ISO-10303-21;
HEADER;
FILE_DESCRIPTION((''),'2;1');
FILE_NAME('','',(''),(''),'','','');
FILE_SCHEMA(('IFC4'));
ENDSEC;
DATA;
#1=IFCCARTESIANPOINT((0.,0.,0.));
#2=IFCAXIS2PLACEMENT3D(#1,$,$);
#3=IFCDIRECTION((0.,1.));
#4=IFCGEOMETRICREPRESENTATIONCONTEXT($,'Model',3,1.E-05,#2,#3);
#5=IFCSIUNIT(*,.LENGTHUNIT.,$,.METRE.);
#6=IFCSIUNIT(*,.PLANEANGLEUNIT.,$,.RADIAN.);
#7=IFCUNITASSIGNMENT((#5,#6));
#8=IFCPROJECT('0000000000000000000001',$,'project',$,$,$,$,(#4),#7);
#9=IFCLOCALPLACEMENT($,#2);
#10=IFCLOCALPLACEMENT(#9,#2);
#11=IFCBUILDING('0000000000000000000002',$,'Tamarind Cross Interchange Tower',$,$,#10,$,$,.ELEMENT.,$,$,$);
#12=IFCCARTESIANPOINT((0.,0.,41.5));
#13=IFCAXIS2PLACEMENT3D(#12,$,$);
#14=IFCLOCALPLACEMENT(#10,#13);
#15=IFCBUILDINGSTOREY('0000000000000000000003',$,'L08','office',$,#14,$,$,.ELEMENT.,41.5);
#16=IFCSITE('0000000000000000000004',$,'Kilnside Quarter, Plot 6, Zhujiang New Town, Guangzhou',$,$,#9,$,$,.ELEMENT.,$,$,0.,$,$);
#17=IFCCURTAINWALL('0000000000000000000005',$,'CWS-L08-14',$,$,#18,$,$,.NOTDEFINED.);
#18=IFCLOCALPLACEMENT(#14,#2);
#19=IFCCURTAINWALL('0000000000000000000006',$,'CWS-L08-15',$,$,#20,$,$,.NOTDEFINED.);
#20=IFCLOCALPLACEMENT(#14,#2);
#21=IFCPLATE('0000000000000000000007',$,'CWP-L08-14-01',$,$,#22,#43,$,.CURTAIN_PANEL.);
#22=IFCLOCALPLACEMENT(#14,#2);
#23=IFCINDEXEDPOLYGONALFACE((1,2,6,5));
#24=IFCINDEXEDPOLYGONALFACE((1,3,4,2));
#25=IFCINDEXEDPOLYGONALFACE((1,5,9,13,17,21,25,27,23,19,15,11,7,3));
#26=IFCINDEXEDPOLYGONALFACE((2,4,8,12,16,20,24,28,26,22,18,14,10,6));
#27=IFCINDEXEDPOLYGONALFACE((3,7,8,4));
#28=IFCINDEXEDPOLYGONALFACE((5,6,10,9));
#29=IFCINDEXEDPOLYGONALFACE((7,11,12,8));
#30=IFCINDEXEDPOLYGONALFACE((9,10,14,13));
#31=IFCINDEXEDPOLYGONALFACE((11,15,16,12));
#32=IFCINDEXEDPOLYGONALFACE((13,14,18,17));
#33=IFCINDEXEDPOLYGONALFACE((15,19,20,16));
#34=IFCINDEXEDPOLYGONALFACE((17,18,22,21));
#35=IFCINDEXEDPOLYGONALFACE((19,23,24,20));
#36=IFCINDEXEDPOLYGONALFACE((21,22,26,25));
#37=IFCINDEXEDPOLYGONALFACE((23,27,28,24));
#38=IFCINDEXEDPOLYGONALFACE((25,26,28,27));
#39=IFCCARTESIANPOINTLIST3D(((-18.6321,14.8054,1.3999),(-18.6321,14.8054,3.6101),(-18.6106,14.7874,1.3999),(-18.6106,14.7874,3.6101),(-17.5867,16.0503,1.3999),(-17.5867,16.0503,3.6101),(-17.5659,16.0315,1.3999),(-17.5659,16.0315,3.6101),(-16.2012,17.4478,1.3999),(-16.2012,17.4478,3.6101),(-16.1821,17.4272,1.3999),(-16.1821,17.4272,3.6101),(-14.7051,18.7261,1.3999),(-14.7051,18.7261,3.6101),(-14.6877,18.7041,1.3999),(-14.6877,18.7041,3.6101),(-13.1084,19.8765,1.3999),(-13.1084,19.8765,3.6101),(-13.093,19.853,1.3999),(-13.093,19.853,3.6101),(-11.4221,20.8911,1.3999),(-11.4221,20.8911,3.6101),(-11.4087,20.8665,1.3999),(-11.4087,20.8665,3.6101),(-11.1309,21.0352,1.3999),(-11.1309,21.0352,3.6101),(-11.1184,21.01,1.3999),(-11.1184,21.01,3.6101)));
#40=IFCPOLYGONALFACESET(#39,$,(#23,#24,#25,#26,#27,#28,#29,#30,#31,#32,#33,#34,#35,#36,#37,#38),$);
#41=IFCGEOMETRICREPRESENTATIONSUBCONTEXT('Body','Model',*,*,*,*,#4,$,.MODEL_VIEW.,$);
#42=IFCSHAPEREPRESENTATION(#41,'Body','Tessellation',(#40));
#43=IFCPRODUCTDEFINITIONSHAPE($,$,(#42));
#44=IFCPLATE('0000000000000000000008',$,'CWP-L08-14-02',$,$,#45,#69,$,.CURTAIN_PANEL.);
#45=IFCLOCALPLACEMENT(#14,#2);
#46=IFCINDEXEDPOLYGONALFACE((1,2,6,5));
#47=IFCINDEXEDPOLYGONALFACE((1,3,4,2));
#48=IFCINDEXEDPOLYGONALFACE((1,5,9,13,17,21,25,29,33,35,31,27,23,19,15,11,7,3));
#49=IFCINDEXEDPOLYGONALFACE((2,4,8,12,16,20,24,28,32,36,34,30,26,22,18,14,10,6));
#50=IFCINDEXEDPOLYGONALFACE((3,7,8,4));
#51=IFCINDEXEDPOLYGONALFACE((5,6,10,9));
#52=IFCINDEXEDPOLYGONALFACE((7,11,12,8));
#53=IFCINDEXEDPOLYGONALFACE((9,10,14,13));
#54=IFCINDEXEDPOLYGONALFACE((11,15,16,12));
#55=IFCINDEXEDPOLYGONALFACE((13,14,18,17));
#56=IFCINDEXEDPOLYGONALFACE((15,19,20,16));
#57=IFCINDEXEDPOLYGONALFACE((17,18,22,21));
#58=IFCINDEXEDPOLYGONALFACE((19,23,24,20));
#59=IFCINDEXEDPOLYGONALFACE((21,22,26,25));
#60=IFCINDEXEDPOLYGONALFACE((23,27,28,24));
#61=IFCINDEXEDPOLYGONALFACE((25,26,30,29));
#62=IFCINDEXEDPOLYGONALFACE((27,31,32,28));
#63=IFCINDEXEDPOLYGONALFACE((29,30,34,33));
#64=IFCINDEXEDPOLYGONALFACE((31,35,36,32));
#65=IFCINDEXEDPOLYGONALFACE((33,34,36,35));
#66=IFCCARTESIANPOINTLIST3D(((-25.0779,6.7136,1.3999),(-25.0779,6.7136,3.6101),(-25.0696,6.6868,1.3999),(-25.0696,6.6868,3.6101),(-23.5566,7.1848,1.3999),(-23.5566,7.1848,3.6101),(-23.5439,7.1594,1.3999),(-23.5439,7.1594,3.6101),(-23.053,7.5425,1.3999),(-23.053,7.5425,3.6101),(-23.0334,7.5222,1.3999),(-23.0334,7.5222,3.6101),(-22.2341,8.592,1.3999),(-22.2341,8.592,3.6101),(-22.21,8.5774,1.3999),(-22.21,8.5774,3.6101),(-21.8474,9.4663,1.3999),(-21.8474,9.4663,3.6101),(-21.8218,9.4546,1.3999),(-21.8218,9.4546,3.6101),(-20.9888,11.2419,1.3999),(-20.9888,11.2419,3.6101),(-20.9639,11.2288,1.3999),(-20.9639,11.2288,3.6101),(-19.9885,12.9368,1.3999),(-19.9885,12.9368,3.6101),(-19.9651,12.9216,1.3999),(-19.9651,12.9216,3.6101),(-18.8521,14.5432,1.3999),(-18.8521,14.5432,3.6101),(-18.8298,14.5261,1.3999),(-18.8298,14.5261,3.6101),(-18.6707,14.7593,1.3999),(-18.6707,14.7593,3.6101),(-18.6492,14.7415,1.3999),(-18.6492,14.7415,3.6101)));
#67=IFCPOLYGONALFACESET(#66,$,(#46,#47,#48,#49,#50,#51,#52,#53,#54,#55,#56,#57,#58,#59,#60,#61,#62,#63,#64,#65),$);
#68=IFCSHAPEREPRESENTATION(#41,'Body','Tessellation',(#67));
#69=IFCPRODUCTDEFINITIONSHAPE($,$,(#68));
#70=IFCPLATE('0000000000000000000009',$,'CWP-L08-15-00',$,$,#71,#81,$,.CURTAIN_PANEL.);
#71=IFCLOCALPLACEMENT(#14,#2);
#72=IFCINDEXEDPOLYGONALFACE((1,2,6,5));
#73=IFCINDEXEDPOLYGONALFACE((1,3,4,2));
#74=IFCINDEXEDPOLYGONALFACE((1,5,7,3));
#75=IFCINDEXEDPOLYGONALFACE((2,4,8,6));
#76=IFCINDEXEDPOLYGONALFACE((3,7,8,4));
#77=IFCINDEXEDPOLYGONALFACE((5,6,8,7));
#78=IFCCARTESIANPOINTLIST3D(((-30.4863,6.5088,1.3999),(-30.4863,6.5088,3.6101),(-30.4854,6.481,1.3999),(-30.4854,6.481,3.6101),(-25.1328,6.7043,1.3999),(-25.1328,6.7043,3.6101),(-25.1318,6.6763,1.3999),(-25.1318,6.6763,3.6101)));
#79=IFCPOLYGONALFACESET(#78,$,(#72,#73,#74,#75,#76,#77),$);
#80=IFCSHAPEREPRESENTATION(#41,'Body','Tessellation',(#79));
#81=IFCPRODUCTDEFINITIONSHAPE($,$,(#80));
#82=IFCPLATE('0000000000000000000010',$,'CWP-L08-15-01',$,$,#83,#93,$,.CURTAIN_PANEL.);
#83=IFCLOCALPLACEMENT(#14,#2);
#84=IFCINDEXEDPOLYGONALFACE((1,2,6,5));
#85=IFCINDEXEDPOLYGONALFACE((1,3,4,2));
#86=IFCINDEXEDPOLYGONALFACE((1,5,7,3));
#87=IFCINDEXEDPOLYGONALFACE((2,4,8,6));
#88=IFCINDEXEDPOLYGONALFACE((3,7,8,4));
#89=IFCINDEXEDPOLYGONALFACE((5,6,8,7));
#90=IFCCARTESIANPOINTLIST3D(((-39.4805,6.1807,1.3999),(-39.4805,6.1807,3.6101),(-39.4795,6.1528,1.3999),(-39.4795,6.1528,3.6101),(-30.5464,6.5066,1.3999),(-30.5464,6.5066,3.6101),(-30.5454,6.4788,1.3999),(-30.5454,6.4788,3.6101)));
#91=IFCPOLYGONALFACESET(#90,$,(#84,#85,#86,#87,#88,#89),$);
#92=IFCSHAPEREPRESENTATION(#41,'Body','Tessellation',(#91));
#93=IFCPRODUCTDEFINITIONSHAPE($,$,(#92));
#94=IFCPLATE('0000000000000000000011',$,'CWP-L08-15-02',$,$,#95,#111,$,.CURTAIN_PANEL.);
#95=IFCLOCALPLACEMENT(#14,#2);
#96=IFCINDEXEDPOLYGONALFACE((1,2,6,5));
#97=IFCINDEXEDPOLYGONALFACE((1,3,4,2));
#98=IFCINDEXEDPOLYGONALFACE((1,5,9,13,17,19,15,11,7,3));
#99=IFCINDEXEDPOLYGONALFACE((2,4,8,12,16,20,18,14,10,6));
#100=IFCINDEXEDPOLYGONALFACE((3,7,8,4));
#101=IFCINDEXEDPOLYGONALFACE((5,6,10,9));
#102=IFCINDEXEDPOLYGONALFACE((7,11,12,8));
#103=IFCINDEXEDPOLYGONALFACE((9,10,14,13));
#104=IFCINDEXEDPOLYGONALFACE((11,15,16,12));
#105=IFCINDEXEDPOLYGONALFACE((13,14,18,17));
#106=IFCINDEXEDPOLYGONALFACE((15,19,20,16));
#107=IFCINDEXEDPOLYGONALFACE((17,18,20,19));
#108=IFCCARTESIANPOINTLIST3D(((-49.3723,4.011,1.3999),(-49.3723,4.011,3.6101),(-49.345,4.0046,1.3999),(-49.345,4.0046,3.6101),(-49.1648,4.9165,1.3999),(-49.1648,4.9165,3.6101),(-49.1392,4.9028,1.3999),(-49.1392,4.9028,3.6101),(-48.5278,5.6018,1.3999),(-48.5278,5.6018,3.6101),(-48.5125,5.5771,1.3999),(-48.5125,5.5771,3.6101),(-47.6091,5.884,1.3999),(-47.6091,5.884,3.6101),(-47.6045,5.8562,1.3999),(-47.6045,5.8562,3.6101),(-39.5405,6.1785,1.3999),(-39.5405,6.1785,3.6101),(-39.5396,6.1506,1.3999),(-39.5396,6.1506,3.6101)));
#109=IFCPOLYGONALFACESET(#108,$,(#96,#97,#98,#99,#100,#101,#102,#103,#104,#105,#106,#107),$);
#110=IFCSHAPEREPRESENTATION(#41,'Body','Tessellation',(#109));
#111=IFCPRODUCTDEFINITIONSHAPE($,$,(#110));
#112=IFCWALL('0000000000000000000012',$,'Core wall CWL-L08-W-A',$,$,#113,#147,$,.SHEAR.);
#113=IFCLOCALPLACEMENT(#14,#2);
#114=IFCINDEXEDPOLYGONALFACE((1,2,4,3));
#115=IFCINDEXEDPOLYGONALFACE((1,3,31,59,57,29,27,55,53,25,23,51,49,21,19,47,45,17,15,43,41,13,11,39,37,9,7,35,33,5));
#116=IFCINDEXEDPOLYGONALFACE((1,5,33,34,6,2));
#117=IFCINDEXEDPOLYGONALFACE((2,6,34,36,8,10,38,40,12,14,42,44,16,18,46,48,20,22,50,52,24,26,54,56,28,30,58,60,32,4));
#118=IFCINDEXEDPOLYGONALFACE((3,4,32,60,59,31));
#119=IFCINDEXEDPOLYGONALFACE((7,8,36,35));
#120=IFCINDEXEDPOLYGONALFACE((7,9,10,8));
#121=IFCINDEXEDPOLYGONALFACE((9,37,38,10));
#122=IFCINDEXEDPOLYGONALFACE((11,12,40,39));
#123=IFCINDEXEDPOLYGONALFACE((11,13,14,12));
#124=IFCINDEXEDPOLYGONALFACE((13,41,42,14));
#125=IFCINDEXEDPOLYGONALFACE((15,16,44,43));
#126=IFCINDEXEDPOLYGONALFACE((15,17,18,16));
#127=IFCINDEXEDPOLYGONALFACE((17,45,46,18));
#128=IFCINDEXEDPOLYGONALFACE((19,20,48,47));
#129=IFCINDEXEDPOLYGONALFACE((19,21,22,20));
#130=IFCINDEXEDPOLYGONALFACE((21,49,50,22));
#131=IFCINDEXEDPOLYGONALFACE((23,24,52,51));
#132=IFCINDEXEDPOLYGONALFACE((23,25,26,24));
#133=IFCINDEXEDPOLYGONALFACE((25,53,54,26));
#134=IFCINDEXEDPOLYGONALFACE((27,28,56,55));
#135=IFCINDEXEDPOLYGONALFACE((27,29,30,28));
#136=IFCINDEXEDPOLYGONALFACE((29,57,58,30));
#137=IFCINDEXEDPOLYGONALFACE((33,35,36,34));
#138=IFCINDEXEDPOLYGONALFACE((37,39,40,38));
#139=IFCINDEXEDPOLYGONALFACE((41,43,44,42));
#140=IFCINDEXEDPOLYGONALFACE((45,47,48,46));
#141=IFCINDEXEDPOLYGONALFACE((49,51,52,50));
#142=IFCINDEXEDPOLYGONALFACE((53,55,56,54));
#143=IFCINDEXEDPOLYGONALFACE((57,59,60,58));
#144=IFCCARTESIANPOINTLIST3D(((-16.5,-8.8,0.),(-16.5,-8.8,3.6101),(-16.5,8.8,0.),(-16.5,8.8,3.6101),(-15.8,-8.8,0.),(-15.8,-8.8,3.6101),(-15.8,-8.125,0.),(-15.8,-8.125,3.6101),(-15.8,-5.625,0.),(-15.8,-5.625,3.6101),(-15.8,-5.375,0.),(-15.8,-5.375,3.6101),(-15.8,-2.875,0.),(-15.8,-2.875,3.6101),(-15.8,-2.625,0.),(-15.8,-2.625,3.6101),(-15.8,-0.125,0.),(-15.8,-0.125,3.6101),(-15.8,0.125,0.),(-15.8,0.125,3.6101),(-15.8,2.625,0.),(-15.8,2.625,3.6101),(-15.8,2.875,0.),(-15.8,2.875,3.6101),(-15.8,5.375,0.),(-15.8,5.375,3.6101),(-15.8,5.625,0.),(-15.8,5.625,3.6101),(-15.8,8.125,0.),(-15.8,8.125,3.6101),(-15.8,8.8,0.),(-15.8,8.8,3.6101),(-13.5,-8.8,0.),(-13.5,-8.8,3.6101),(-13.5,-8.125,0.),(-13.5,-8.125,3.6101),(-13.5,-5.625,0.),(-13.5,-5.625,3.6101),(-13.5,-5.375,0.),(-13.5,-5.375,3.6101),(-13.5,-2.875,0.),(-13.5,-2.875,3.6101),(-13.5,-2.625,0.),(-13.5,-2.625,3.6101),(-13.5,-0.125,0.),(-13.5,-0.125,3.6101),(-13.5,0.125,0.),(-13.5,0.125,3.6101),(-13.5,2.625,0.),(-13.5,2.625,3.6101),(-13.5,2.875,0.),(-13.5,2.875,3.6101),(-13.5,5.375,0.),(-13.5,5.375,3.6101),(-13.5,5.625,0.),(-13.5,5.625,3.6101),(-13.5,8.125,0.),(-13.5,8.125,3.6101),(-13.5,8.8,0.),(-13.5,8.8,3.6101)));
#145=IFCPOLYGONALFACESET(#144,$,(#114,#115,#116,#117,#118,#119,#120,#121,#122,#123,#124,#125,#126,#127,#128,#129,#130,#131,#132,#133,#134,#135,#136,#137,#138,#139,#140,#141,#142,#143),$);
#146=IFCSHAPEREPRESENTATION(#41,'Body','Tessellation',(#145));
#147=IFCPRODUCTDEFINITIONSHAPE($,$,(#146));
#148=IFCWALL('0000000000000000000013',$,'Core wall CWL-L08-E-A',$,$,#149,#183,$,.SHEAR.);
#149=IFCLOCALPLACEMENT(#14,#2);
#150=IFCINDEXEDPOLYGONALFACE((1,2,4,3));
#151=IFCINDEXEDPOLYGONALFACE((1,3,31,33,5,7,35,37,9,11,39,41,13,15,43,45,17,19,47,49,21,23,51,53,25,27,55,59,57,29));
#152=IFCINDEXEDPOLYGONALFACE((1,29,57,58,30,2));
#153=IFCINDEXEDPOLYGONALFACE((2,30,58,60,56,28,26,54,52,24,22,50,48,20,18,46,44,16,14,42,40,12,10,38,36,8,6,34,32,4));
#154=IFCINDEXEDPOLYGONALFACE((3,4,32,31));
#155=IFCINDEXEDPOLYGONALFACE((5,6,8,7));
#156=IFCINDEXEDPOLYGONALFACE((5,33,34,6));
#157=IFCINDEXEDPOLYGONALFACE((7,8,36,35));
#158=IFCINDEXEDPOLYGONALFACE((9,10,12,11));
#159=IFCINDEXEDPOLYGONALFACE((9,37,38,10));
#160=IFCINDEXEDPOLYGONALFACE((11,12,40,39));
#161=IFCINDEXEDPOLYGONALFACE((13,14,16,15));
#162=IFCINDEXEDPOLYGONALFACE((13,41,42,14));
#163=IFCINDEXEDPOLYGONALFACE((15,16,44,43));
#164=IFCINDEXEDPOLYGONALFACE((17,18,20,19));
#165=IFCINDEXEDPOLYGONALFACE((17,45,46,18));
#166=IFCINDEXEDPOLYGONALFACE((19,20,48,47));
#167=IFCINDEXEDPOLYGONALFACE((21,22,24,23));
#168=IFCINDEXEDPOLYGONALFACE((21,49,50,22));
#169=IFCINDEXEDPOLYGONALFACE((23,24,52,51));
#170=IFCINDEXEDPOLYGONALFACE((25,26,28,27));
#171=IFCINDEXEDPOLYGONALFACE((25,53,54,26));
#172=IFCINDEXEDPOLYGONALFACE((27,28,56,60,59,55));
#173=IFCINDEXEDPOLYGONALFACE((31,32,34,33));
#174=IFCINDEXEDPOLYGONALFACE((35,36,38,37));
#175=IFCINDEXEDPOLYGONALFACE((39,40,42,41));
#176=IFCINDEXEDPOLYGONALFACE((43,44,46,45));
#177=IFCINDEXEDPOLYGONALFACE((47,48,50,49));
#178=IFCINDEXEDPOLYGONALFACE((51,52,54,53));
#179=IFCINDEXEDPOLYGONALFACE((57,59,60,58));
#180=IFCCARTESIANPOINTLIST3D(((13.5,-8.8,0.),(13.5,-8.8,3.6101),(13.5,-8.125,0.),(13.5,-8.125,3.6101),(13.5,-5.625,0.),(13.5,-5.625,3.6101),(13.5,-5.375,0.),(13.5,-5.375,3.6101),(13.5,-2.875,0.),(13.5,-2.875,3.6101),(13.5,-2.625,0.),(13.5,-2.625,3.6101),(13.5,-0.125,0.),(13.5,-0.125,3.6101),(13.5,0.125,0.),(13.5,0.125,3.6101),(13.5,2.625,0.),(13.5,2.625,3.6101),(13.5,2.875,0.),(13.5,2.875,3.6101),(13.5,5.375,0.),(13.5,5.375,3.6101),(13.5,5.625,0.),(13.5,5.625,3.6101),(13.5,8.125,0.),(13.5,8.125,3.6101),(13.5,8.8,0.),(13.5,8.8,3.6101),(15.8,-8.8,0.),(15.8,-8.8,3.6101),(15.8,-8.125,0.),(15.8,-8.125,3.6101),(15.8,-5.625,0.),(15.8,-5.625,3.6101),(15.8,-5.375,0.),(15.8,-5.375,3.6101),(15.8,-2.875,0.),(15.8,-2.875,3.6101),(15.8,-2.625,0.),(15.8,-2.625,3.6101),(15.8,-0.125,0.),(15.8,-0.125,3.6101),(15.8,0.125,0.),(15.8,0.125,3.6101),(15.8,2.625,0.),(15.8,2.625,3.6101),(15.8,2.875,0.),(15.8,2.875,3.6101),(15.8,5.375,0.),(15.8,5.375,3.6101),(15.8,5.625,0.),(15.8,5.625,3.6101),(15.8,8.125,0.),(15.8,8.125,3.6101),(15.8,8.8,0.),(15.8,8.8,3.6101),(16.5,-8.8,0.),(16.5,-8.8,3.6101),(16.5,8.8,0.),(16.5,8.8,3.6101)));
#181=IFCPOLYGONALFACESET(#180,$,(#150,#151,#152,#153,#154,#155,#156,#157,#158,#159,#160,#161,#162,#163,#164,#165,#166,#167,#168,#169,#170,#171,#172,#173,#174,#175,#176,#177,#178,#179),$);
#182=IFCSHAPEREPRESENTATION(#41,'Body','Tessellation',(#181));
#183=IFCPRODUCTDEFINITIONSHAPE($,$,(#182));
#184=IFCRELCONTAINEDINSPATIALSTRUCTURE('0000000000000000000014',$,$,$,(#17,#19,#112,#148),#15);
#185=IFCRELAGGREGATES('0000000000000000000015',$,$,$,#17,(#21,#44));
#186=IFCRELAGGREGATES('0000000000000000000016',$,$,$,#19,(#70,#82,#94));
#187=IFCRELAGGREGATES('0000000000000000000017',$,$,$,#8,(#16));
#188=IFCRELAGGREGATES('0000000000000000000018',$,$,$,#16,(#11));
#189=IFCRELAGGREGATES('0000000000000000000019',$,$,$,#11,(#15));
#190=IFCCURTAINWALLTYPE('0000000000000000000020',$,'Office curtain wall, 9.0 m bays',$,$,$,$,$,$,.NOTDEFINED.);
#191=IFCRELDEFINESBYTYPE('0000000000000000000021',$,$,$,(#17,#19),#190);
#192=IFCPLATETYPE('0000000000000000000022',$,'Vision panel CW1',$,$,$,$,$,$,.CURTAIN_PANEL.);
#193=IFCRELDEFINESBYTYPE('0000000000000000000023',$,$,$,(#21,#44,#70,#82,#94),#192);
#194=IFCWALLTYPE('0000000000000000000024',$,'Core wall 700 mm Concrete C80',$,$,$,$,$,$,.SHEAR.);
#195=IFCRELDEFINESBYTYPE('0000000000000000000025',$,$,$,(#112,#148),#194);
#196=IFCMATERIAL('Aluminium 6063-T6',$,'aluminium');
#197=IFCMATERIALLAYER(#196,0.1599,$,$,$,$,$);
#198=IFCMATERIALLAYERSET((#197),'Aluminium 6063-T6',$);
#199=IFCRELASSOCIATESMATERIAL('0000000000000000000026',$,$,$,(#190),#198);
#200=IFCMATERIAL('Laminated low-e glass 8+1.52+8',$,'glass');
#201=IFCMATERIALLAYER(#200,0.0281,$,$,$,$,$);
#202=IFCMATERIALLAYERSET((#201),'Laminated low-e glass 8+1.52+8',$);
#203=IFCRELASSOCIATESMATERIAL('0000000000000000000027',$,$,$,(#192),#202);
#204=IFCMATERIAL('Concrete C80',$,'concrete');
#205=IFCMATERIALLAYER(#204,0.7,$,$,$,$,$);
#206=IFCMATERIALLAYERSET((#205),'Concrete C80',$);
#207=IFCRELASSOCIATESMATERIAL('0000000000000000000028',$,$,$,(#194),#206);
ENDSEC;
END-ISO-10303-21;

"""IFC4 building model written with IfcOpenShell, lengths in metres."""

from ifc_helpers import new_model, si_unit, direction, frame, origin, place, context, subcontext, project, spatial, polyline, outline, extrude, material, layer, layer_set, type_object, element, aggregate, save


model = new_model("IFC4")

# Units and contexts
model_context = context("Model", 3, precision=1e-05, world=origin(), true_north=direction((0.0, 1.0)))
body_context = subcontext(model_context, "Body", "Model", "MODEL_VIEW")
ifc_project = project(units=[si_unit("LENGTHUNIT", "METRE"), si_unit("PLANEANGLEUNIT", "RADIAN")], contexts=[model_context])

# Site, building, storey
site_placement = place(None, origin())
site = spatial("IfcSite", under=ifc_project, at=site_placement, Name="Kilnside Quarter, Plot 6, Zhujiang New Town, Guangzhou", CompositionType="ELEMENT", RefElevation=0.0)
building_placement = place(site_placement, origin())
building = spatial("IfcBuilding", under=site, at=building_placement, Name="Tamarind Cross Interchange Tower", CompositionType="ELEMENT")
storey_placement = place(building_placement, frame((0.0, 0.0, 41.5)))
storey = spatial("IfcBuildingStorey", under=building, at=storey_placement, Name="L08", Description="office", CompositionType="ELEMENT", Elevation=41.5)

# Curtain walls
ifc_material_1 = material(Name="Aluminium 6063-T6", Category="aluminium")
ifc_layer_1 = layer(ifc_material_1, 0.1599)
ifc_layer_set_1 = layer_set([ifc_layer_1], Name="Aluminium 6063-T6")
curtain_wall_type = type_object("IfcCurtainWallType", Name="Office curtain wall, 9.0 m bays", PredefinedType="NOTDEFINED", material=ifc_layer_set_1)
curtain_wall_1_placement = place(storey_placement, origin())
curtain_wall_1 = element("IfcCurtainWall", 1, at=curtain_wall_1_placement, inside=storey, type_object=curtain_wall_type, Name="CWS-L08-14", PredefinedType="NOTDEFINED")
curtain_wall_2_placement = place(storey_placement, origin())
curtain_wall_2 = element("IfcCurtainWall", 2, at=curtain_wall_2_placement, inside=storey, type_object=curtain_wall_type, Name="CWS-L08-15", PredefinedType="NOTDEFINED")

# Plates
ifc_material_2 = material(Name="Laminated low-e glass 8+1.52+8", Category="glass")
ifc_layer_2 = layer(ifc_material_2, 0.0281)
ifc_layer_set_2 = layer_set([ifc_layer_2], Name="Laminated low-e glass 8+1.52+8")
plate_type = type_object("IfcPlateType", Name="Vision panel CW1", PredefinedType="CURTAIN_PANEL", material=ifc_layer_set_2)
plate_1_placement = place(storey_placement, frame((0.0, 0.0, 1.3999)))
plate_1 = element("IfcPlate", 3, at=plate_1_placement, type_object=plate_type, Name="CWP-L08-14-01", PredefinedType="CURTAIN_PANEL", context=body_context, shape_type="SweptSolid", body=[
    extrude(outline(polyline([(-11.1184, 21.01), (-11.4087, 20.8665), (-13.093, 19.853), (-14.6877, 18.7041), (-16.1821, 17.4272), (-17.5659, 16.0315), (-18.6106, 14.7874), (-18.6321, 14.8054), (-17.5867, 16.0503), (-16.2012, 17.4478), (-14.7051, 18.7261), (-13.1084, 19.8765), (-11.4221, 20.8911), (-11.1309, 21.0352), (-11.1184, 21.01)])), origin(), (0.0, 0.0, 1.0), 2.2102),
])
plate_2_placement = place(storey_placement, frame((0.0, 0.0, 1.3999)))
plate_2 = element("IfcPlate", 4, at=plate_2_placement, type_object=plate_type, Name="CWP-L08-14-02", PredefinedType="CURTAIN_PANEL", context=body_context, shape_type="SweptSolid", body=[
    extrude(outline(polyline([(-18.6492, 14.7415), (-18.8298, 14.5261), (-19.9651, 12.9216), (-20.9639, 11.2288), (-21.8218, 9.4546), (-22.21, 8.5774), (-23.0334, 7.5222), (-23.5439, 7.1594), (-25.0696, 6.6868), (-25.0779, 6.7136), (-23.5566, 7.1848), (-23.053, 7.5425), (-22.2341, 8.592), (-21.8474, 9.4663), (-20.9888, 11.2419), (-19.9885, 12.9368), (-18.8521, 14.5432), (-18.6707, 14.7593), (-18.6492, 14.7415)])), origin(), (0.0, 0.0, 1.0), 2.2102),
])
aggregate(curtain_wall_1, [plate_1, plate_2])
plate_3_placement = place(storey_placement, frame((0.0, 0.0, 1.3999)))
plate_3 = element("IfcPlate", 5, at=plate_3_placement, type_object=plate_type, Name="CWP-L08-15-00", PredefinedType="CURTAIN_PANEL", context=body_context, shape_type="SweptSolid", body=[
    extrude(outline(polyline([(-25.1318, 6.6763), (-30.4854, 6.481), (-30.4863, 6.5088), (-25.1328, 6.7043), (-25.1318, 6.6763)])), origin(), (0.0, 0.0, 1.0), 2.2102),
])
plate_4_placement = place(storey_placement, frame((0.0, 0.0, 1.3999)))
plate_4 = element("IfcPlate", 6, at=plate_4_placement, type_object=plate_type, Name="CWP-L08-15-01", PredefinedType="CURTAIN_PANEL", context=body_context, shape_type="SweptSolid", body=[
    extrude(outline(polyline([(-30.5454, 6.4788), (-39.4795, 6.1528), (-39.4805, 6.1807), (-30.5464, 6.5066), (-30.5454, 6.4788)])), origin(), (0.0, 0.0, 1.0), 2.2102),
])
plate_5_placement = place(storey_placement, frame((0.0, 0.0, 1.3999)))
plate_5 = element("IfcPlate", 7, at=plate_5_placement, type_object=plate_type, Name="CWP-L08-15-02", PredefinedType="CURTAIN_PANEL", context=body_context, shape_type="SweptSolid", body=[
    extrude(outline(polyline([(-39.5396, 6.1506), (-47.6045, 5.8562), (-48.5125, 5.5771), (-49.1392, 4.9028), (-49.345, 4.0046), (-49.3723, 4.011), (-49.1648, 4.9165), (-48.5278, 5.6018), (-47.6091, 5.884), (-39.5405, 6.1785), (-39.5396, 6.1506)])), origin(), (0.0, 0.0, 1.0), 2.2102),
])
aggregate(curtain_wall_2, [plate_3, plate_4, plate_5])

# Walls
ifc_material_3 = material(Name="Concrete C80", Category="concrete")
ifc_layer_3 = layer(ifc_material_3, 0.7)
ifc_layer_set_3 = layer_set([ifc_layer_3], Name="Concrete C80")
wall_type_1 = type_object("IfcWallType", Name="Core wall 700 mm Concrete C80", PredefinedType="SHEAR", material=ifc_layer_set_3)
wall_1_placement = place(storey_placement, origin())
element("IfcWall", 8, at=wall_1_placement, inside=storey, type_object=wall_type_1, Name="Core wall CWL-L08-W-A", PredefinedType="SHEAR", context=body_context, shape_type="SweptSolid", body=[
    extrude(outline(polyline([(-13.5, -8.8), (-13.5, -8.125), (-15.8, -8.125), (-15.8, -5.625), (-13.5, -5.625), (-13.5, -5.375), (-15.8, -5.375), (-15.8, -2.875), (-13.5, -2.875), (-13.5, -2.625), (-15.8, -2.625), (-15.8, -0.125), (-13.5, -0.125), (-13.5, 0.125), (-15.8, 0.125), (-15.8, 2.625), (-13.5, 2.625), (-13.5, 2.875), (-15.8, 2.875), (-15.8, 5.375), (-13.5, 5.375), (-13.5, 5.625), (-15.8, 5.625), (-15.8, 8.125), (-13.5, 8.125), (-13.5, 8.8), (-15.8, 8.8), (-16.5, 8.8), (-16.5, -8.8), (-15.8, -8.8), (-13.5, -8.8)])), origin(), (0.0, 0.0, 1.0), 3.6101),
])
wall_2_placement = place(storey_placement, origin())
element("IfcWall", 9, at=wall_2_placement, inside=storey, type_object=wall_type_1, Name="Core wall CWL-L08-E-A", PredefinedType="SHEAR", context=body_context, shape_type="SweptSolid", body=[
    extrude(outline(polyline([(13.5, -8.8), (15.8, -8.8), (16.5, -8.8), (16.5, 8.8), (15.8, 8.8), (13.5, 8.8), (13.5, 8.125), (15.8, 8.125), (15.8, 5.625), (13.5, 5.625), (13.5, 5.375), (15.8, 5.375), (15.8, 2.875), (13.5, 2.875), (13.5, 2.625), (15.8, 2.625), (15.8, 0.125), (13.5, 0.125), (13.5, -0.125), (15.8, -0.125), (15.8, -2.625), (13.5, -2.625), (13.5, -2.875), (15.8, -2.875), (15.8, -5.375), (13.5, -5.375), (13.5, -5.625), (15.8, -5.625), (15.8, -8.125), (13.5, -8.125), (13.5, -8.8)])), origin(), (0.0, 0.0, 1.0), 3.6101),
])

save(model, "model.ifc")
